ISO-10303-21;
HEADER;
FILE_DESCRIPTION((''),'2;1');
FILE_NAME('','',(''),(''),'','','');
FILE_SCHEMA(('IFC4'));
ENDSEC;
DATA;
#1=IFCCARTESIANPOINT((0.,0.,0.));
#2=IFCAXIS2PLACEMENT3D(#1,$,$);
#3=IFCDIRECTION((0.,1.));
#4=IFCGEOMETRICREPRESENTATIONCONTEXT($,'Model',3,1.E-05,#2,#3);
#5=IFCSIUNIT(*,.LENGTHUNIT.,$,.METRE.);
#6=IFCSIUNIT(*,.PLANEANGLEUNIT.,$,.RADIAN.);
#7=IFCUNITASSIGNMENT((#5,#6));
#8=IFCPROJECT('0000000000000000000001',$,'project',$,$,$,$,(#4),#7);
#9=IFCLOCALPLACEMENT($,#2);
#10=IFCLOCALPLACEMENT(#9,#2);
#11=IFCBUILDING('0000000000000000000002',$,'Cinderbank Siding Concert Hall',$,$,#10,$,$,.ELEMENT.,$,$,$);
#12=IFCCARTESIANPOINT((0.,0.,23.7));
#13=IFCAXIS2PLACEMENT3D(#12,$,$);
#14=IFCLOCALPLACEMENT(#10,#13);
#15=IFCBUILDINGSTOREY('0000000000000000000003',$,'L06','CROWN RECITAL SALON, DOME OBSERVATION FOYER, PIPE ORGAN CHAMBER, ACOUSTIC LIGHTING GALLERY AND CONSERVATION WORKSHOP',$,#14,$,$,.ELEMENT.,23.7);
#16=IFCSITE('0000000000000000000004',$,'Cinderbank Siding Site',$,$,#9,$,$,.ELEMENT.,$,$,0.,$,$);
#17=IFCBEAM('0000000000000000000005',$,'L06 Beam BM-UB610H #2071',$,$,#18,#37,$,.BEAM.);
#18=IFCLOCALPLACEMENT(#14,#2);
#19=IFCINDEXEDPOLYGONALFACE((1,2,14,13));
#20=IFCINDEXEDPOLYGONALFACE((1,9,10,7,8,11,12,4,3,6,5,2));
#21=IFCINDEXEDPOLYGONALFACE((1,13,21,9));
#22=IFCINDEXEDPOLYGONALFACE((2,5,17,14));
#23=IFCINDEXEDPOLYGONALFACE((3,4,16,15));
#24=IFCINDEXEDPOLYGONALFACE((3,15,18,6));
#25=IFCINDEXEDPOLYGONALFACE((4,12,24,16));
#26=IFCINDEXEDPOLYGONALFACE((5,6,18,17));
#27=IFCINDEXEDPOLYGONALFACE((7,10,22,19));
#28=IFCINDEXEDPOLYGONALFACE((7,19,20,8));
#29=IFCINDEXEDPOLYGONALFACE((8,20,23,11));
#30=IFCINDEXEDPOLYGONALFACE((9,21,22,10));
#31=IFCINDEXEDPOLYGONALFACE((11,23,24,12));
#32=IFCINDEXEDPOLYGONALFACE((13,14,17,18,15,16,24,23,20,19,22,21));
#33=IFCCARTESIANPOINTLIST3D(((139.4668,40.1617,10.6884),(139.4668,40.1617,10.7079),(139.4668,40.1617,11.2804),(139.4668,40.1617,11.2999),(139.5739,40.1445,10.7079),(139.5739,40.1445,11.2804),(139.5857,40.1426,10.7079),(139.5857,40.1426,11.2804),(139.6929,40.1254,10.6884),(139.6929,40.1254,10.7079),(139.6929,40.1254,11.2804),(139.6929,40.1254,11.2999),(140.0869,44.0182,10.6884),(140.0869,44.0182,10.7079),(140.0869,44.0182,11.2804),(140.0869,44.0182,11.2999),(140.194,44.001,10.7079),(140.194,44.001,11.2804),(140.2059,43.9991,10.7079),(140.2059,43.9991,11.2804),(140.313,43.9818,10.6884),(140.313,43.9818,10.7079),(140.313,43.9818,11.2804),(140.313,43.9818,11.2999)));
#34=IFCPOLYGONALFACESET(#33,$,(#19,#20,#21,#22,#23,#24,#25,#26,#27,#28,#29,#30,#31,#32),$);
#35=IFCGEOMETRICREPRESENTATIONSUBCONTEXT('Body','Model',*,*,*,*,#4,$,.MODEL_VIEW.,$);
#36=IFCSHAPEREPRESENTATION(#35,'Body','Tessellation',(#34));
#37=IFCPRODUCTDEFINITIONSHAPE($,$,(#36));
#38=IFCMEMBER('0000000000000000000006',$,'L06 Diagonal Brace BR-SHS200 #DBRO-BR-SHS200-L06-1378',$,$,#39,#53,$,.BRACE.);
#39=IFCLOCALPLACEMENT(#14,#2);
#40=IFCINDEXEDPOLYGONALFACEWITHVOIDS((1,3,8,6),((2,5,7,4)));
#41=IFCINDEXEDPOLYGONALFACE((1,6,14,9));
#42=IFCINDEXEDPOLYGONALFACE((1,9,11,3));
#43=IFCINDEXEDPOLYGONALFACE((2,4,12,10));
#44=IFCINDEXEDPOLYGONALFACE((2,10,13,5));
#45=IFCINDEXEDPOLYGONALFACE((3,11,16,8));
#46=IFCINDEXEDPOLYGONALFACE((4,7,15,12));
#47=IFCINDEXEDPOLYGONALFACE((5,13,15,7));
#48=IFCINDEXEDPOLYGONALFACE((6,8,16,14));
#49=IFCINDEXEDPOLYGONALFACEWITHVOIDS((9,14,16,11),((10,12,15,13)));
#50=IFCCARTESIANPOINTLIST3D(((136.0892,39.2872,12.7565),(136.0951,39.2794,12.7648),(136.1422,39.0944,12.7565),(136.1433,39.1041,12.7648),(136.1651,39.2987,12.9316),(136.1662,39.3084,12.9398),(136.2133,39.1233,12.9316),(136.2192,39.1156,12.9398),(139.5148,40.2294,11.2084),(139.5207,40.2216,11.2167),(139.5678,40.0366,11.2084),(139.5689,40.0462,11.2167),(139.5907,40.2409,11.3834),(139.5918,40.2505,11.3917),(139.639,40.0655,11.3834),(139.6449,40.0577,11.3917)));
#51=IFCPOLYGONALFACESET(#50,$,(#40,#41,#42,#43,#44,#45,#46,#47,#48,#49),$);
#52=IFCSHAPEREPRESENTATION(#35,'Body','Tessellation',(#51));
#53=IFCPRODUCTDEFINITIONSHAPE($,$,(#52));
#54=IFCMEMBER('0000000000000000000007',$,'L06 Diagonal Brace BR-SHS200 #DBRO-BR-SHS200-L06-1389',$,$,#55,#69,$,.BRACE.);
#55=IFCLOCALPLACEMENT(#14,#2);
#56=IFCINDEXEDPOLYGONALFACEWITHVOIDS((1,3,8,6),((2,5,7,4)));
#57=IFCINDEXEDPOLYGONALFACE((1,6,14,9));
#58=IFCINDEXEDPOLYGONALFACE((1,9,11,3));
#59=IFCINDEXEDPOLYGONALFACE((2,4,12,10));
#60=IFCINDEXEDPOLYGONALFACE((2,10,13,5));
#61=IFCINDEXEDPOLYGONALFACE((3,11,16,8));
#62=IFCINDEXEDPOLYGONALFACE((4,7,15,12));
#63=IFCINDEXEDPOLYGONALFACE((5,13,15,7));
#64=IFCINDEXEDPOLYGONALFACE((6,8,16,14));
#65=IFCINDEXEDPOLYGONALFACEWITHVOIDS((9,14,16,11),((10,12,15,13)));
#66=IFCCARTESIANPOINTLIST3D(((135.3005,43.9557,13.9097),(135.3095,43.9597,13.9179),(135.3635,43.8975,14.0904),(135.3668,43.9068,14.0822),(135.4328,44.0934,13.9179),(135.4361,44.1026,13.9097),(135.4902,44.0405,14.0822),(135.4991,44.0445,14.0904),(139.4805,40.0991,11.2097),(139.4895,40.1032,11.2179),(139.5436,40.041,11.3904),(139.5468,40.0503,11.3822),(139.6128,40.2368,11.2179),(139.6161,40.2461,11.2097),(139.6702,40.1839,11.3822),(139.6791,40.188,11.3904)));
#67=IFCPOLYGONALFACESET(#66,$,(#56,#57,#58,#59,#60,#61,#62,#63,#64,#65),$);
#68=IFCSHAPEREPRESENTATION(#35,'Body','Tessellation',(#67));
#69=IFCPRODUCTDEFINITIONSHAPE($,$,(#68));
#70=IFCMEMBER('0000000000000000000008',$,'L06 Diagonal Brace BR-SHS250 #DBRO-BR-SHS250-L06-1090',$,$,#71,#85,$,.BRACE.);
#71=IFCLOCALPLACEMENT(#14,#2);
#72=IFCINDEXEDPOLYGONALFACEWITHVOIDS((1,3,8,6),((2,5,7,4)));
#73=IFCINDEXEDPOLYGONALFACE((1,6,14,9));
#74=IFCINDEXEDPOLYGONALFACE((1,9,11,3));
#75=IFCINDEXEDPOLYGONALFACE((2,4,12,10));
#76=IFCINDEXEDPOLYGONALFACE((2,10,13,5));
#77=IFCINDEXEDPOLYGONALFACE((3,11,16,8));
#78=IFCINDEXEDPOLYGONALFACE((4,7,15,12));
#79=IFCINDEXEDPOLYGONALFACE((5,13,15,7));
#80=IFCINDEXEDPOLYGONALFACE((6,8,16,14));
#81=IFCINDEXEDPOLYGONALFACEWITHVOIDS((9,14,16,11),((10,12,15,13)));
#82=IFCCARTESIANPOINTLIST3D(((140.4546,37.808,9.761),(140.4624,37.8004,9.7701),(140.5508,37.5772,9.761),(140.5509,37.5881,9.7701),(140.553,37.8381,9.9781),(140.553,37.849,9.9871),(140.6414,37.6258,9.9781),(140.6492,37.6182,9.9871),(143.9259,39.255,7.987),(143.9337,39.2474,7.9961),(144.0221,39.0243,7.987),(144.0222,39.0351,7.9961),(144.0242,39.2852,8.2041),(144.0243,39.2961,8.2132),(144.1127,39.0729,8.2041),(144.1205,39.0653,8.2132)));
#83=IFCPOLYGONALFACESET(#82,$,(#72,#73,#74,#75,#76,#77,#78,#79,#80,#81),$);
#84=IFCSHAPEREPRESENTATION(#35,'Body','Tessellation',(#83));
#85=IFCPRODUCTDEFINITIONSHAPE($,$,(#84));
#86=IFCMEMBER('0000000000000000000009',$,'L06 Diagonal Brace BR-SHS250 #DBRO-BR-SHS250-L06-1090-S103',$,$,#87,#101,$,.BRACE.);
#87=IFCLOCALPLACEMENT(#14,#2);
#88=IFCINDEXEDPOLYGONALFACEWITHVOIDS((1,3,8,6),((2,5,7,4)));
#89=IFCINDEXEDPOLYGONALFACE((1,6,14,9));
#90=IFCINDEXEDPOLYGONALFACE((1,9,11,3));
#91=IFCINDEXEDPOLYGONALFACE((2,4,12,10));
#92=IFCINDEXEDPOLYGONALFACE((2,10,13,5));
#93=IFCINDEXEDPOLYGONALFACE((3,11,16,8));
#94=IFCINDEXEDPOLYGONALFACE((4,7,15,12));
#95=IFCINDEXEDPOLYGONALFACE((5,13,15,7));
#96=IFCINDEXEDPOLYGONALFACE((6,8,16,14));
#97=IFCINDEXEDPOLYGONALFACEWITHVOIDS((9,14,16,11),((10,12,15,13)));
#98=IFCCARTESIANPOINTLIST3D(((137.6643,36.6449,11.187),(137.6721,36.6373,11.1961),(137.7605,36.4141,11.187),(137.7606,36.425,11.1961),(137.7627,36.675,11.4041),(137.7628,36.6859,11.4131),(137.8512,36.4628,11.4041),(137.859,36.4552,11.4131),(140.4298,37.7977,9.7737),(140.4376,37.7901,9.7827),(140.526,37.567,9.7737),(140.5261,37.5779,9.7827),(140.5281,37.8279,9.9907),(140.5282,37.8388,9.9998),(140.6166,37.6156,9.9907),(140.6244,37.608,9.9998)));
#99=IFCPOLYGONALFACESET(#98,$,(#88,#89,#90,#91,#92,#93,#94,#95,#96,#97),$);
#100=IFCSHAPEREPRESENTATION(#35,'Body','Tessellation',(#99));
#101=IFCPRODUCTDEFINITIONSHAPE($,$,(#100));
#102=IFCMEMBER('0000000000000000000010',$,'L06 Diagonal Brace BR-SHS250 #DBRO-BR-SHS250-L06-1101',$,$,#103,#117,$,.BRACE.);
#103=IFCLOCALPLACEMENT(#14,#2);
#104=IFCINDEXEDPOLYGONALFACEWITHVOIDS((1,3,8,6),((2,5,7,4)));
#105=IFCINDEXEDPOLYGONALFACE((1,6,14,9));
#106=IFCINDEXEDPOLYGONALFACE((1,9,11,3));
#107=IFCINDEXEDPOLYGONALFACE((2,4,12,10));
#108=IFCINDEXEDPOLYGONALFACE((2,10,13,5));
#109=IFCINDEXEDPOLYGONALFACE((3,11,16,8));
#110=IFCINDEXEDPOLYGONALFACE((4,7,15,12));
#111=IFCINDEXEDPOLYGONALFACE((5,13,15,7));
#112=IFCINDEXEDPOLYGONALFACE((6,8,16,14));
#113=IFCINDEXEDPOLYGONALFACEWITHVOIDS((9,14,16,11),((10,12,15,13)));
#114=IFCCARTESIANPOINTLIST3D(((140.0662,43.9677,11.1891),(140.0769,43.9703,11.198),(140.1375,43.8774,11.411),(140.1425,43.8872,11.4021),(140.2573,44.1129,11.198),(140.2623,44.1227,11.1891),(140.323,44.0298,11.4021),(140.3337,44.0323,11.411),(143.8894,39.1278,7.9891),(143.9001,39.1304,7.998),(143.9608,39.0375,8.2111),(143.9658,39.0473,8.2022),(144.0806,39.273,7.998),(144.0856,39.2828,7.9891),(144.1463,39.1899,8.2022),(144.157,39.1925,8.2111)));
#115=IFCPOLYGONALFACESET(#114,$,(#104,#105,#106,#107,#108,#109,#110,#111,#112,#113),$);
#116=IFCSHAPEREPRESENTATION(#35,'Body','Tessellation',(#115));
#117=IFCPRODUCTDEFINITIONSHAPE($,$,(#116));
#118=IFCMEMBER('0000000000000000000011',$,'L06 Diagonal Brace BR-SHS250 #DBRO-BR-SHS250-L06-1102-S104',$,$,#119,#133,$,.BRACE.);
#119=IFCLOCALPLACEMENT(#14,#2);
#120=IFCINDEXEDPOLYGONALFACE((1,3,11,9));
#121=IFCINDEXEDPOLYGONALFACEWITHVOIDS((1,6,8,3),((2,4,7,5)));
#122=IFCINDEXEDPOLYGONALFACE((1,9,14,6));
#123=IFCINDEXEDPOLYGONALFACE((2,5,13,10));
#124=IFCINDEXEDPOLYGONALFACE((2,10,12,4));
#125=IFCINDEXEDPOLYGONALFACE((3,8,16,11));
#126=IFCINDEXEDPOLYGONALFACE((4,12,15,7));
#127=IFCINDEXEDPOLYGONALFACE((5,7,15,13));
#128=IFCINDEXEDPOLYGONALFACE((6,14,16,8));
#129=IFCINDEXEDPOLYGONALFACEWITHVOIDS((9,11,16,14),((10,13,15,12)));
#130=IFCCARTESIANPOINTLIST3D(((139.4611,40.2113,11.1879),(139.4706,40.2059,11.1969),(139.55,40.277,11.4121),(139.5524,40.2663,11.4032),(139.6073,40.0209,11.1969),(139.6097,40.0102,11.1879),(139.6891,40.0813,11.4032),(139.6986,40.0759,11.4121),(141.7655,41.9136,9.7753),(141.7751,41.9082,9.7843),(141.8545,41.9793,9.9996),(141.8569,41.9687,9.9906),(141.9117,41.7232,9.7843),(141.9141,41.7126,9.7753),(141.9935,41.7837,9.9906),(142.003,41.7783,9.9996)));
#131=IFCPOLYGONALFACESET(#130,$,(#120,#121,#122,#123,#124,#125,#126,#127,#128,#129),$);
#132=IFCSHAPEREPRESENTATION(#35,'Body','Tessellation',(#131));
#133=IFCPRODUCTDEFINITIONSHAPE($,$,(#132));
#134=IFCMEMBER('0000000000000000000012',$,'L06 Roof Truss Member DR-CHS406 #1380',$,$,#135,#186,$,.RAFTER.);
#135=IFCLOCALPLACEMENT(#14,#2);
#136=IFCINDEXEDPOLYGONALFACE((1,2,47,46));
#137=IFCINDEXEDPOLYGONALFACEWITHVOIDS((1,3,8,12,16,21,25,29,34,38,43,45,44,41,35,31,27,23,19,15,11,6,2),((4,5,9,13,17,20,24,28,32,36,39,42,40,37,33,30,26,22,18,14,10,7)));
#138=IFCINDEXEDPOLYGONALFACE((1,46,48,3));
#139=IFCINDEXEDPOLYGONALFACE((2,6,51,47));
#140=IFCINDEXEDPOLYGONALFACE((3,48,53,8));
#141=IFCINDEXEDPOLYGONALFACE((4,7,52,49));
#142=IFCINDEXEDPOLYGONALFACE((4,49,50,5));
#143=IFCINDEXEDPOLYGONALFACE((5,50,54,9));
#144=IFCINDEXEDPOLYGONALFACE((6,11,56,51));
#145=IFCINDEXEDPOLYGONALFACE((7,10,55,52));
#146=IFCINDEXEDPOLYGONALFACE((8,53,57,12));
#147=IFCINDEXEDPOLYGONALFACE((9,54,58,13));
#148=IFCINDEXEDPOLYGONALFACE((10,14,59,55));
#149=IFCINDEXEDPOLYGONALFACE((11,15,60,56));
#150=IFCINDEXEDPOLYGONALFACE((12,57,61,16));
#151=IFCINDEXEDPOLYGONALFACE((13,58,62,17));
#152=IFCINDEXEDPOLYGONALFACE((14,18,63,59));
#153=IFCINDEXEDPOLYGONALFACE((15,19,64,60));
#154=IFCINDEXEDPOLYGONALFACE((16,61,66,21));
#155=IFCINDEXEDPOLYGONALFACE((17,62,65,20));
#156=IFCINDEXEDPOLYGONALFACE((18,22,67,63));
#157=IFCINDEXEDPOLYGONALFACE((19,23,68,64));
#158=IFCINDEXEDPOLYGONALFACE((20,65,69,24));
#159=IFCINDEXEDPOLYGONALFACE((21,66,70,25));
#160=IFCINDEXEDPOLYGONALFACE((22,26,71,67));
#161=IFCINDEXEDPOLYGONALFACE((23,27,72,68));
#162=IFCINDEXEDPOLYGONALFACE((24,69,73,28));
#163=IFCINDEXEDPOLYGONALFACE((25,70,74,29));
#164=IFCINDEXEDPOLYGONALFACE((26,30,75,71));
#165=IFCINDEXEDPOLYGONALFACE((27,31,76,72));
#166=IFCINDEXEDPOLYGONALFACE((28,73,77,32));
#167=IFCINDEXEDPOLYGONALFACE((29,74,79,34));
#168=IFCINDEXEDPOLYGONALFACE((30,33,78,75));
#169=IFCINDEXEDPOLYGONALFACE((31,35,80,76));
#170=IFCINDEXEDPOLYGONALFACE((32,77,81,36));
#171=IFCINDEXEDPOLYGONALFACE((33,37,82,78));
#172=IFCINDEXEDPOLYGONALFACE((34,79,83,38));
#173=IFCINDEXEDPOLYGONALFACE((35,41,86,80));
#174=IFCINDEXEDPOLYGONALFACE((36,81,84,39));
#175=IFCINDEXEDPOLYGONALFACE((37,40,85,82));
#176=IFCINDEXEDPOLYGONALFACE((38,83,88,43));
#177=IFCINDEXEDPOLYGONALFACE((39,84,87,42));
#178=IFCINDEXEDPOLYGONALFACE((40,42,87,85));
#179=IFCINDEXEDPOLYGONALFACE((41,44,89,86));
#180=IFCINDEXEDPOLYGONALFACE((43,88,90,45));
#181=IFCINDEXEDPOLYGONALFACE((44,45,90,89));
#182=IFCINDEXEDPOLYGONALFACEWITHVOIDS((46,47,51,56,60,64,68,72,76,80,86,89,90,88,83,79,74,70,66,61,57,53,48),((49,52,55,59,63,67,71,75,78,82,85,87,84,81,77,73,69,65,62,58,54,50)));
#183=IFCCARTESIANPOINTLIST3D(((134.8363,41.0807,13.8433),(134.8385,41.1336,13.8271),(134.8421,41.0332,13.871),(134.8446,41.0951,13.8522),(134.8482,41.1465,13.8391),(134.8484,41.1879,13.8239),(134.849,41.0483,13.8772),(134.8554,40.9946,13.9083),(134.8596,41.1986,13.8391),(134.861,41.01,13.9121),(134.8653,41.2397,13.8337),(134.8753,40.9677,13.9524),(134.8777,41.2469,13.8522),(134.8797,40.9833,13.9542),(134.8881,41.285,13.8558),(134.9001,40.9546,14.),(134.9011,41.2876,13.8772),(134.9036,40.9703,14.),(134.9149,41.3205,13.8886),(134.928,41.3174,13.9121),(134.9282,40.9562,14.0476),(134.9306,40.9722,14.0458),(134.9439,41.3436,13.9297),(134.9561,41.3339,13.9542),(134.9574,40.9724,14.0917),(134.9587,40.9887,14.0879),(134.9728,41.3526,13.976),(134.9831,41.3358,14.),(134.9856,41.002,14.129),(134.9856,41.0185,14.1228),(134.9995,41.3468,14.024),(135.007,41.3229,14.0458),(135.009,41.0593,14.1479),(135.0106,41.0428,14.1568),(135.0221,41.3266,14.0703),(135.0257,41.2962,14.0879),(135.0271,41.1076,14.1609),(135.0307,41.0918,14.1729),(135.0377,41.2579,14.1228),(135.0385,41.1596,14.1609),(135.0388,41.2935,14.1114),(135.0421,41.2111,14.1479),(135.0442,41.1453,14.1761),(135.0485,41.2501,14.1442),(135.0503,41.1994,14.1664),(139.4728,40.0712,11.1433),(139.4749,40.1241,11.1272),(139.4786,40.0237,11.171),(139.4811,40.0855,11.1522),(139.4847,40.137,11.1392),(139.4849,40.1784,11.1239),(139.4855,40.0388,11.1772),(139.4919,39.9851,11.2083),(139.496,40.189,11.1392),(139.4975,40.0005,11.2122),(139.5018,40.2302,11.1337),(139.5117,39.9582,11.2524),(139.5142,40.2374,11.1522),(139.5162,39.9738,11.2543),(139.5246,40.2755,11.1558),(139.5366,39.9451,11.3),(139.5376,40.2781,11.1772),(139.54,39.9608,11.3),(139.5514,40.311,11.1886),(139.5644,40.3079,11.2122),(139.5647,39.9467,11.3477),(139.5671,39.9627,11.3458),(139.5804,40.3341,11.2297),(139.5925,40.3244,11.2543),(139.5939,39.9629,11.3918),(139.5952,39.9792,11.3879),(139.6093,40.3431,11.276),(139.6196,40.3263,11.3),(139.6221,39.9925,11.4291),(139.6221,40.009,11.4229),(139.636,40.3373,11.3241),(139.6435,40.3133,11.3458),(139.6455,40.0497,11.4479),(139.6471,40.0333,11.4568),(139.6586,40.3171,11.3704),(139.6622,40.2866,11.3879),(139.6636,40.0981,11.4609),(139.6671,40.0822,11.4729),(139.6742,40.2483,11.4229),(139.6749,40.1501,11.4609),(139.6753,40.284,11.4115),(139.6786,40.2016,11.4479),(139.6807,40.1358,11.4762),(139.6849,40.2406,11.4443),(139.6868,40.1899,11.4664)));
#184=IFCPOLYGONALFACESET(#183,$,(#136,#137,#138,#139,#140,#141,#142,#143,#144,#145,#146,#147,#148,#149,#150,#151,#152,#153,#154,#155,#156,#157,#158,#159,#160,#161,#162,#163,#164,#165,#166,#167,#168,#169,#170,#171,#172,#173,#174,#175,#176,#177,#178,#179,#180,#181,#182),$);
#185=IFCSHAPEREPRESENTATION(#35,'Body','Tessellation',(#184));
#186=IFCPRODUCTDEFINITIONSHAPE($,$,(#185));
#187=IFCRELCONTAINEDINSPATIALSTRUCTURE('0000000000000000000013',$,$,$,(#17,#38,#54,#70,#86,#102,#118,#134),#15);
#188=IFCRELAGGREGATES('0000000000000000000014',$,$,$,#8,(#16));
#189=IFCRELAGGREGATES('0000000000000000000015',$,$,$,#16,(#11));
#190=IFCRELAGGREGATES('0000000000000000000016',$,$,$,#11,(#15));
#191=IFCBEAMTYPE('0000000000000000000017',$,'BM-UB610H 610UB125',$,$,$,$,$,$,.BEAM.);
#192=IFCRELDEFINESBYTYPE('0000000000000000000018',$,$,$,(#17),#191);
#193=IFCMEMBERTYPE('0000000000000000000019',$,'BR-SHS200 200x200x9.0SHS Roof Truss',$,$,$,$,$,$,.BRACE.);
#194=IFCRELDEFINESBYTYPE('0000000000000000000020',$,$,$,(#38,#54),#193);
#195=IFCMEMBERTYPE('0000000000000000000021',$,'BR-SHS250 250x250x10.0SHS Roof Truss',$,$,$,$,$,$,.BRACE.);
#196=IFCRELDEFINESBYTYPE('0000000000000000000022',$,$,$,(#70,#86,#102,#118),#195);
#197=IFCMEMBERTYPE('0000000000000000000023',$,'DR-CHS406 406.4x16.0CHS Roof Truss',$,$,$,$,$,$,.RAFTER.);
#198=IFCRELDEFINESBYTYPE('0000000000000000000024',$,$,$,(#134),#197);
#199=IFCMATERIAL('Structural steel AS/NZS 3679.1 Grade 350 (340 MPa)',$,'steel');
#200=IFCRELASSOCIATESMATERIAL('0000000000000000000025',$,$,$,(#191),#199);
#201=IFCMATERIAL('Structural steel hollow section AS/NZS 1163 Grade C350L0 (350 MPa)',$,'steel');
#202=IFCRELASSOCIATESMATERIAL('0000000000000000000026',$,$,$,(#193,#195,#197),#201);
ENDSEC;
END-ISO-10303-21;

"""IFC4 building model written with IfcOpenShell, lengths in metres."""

from ifc_helpers import new_model, si_unit, direction, frame, origin, origin_2d, place, context, subcontext, project, spatial, hollow_rectangle, hollow_circle, i_section, extrude, material, material_profile, profile_set, type_object, element, save


model = new_model("IFC4")

# Units and contexts
model_context = context("Model", 3, precision=1e-05, world=origin(), true_north=direction((0.0, 1.0)))
body_context = subcontext(model_context, "Body", "Model", "MODEL_VIEW")
ifc_project = project(units=[si_unit("LENGTHUNIT", "METRE"), si_unit("PLANEANGLEUNIT", "RADIAN")], contexts=[model_context])

# Site, building, storey
site_placement = place(None, origin())
site = spatial("IfcSite", under=ifc_project, at=site_placement, Name="Cinderbank Siding Site", CompositionType="ELEMENT", RefElevation=0.0)
building_placement = place(site_placement, origin())
building = spatial("IfcBuilding", under=site, at=building_placement, Name="Cinderbank Siding Concert Hall", CompositionType="ELEMENT")
storey_placement = place(building_placement, frame((0.0, 0.0, 23.7)))
storey = spatial("IfcBuildingStorey", under=building, at=storey_placement, Name="L06", Description="CROWN RECITAL SALON, DOME OBSERVATION FOYER, PIPE ORGAN CHAMBER, ACOUSTIC LIGHTING GALLERY AND CONSERVATION WORKSHOP", CompositionType="ELEMENT", Elevation=23.7)

# Beam
ifc_material_1 = material(Name="Structural steel AS/NZS 3679.1 Grade 350 (340 MPa)", Category="steel")
ifc_material_profile_1 = material_profile(ifc_material_1, i_section(OverallWidth=0.229, OverallDepth=0.6116, WebThickness=0.012, FlangeThickness=0.0195, at=origin_2d()), Name="610UB125", Category="LoadBearing")
ifc_profile_set_1 = profile_set([ifc_material_profile_1], Name="Structural steel AS/NZS 3679.1 Grade 350 (340 MPa)")
beam_type = type_object("IfcBeamType", Name="BM-UB610H 610UB125", PredefinedType="BEAM", material=ifc_profile_set_1)
beam_placement = place(storey_placement, frame((139.5798, 40.1436, 10.9941), z_axis=(0.158761, 0.987317, 0.0), x_axis=(-0.987317, 0.158761, 0.0)))
element("IfcBeam", 1, at=beam_placement, inside=storey, type_object=beam_type, Name="L06 Beam BM-UB610H #2071", PredefinedType="BEAM", context=body_context, shape_type="SweptSolid", body=[
    extrude(i_section(OverallWidth=0.229, OverallDepth=0.6116, WebThickness=0.012, FlangeThickness=0.0195, at=origin_2d()), origin(), (0.0, 0.0, 1.0), 3.906),
])

# Members
ifc_material_2 = material(Name="Structural steel hollow section AS/NZS 1163 Grade C350L0 (350 MPa)", Category="steel")
ifc_material_profile_2 = material_profile(ifc_material_2, hollow_rectangle(XDim=0.2, YDim=0.2, WallThickness=0.009, at=origin_2d()), Name="200x200x9.0SHS", Category="LoadBearing")
ifc_profile_set_2 = profile_set([ifc_material_profile_2], Name="Structural steel hollow section AS/NZS 1163 Grade C350L0 (350 MPa)")
member_type_1 = type_object("IfcMemberType", Name="BR-SHS200 200x200x9.0SHS Roof Truss", PredefinedType="BRACE", material=ifc_profile_set_2)
member_1_placement = place(storey_placement, frame((139.5798, 40.1436, 11.3), z_axis=(-0.883924, -0.243109, 0.39947), x_axis=(0.265187, -0.964197, 0.0)))
element("IfcMember", 2, at=member_1_placement, inside=storey, type_object=member_type_1, Name="L06 Diagonal Brace BR-SHS200 #DBRO-BR-SHS200-L06-1378", PredefinedType="BRACE", context=body_context, shape_type="SweptSolid", body=[
    extrude(hollow_rectangle(XDim=0.2, YDim=0.2, WallThickness=0.009, at=origin_2d()), origin(), (0.0, 0.0, 1.0), 3.8755),
])
member_2_placement = place(storey_placement, frame((139.5798, 40.1436, 11.3), z_axis=(-0.663952, 0.612569, 0.428868), x_axis=(-0.678095, -0.734975, 0.0)))
element("IfcMember", 3, at=member_2_placement, inside=storey, type_object=member_type_1, Name="L06 Diagonal Brace BR-SHS200 #DBRO-BR-SHS200-L06-1389", PredefinedType="BRACE", context=body_context, shape_type="SweptSolid", body=[
    extrude(hollow_rectangle(XDim=0.2, YDim=0.2, WallThickness=0.009, at=origin_2d()), origin(), (0.0, 0.0, 1.0), 6.2957),
])
ifc_material_profile_3 = material_profile(ifc_material_2, hollow_rectangle(XDim=0.25, YDim=0.25, WallThickness=0.01, at=origin_2d()), Name="250x250x10.0SHS", Category="LoadBearing")
ifc_profile_set_3 = profile_set([ifc_material_profile_3], Name="Structural steel hollow section AS/NZS 1163 Grade C350L0 (350 MPa)")
member_type_2 = type_object("IfcMemberType", Name="BR-SHS250 250x250x10.0SHS Roof Truss", PredefinedType="BRACE", material=ifc_profile_set_3)
member_3_placement = place(storey_placement, frame((144.0232, 39.1602, 8.1001), z_axis=(-0.834801, -0.348, 0.426619), x_axis=(0.384772, -0.923012, 0.0)))
element("IfcMember", 4, at=member_3_placement, inside=storey, type_object=member_type_2, Name="L06 Diagonal Brace BR-SHS250 #DBRO-BR-SHS250-L06-1090", PredefinedType="BRACE", context=body_context, shape_type="SweptSolid", body=[
    extrude(hollow_rectangle(XDim=0.25, YDim=0.25, WallThickness=0.01, at=origin_2d()), origin(), (0.0, 0.0, 1.0), 4.1582),
])
member_4_placement = place(storey_placement, frame((140.5271, 37.7029, 9.8867), z_axis=(-0.834786, -0.348006, 0.426642), x_axis=(0.384783, -0.923007, 0.0)))
element("IfcMember", 5, at=member_4_placement, inside=storey, type_object=member_type_2, Name="L06 Diagonal Brace BR-SHS250 #DBRO-BR-SHS250-L06-1090-S103", PredefinedType="BRACE", context=body_context, shape_type="SweptSolid", body=[
    extrude(hollow_rectangle(XDim=0.25, YDim=0.25, WallThickness=0.01, at=origin_2d()), origin(), (0.0, 0.0, 1.0), 3.3127),
])
member_5_placement = place(storey_placement, frame((144.0232, 39.1602, 8.1001), z_axis=(-0.55023, 0.696536, 0.460527), x_axis=(-0.7847, -0.619875, 0.0)))
element("IfcMember", 6, at=member_5_placement, inside=storey, type_object=member_type_2, Name="L06 Diagonal Brace BR-SHS250 #DBRO-BR-SHS250-L06-1101", PredefinedType="BRACE", context=body_context, shape_type="SweptSolid", body=[
    extrude(hollow_rectangle(XDim=0.25, YDim=0.25, WallThickness=0.01, at=origin_2d()), origin(), (0.0, 0.0, 1.0), 6.9485),
])
member_6_placement = place(storey_placement, frame((141.8843, 41.8459, 9.8875), z_axis=(-0.721407, -0.532934, 0.442214), x_axis=(0.59419, -0.804325, 0.0)))
element("IfcMember", 7, at=member_6_placement, inside=storey, type_object=member_type_2, Name="L06 Diagonal Brace BR-SHS250 #DBRO-BR-SHS250-L06-1102-S104", PredefinedType="BRACE", context=body_context, shape_type="SweptSolid", body=[
    extrude(hollow_rectangle(XDim=0.25, YDim=0.25, WallThickness=0.01, at=origin_2d()), origin(), (0.0, 0.0, 1.0), 3.1943),
])
ifc_material_profile_4 = material_profile(ifc_material_2, hollow_circle(Radius=0.2031, WallThickness=0.0161, at=origin_2d()), Name="406.4x16.0CHS", Category="LoadBearing")
ifc_profile_set_4 = profile_set([ifc_material_profile_4], Name="Structural steel hollow section AS/NZS 1163 Grade C350L0 (350 MPa)")
member_type_3 = type_object("IfcMemberType", Name="DR-CHS406 406.4x16.0CHS Roof Truss", PredefinedType="RAFTER", material=ifc_profile_set_4)
member_7_placement = place(storey_placement, frame((139.5798, 40.1436, 11.3), z_axis=(-0.849254, 0.184912, 0.494545), x_axis=(-0.21275, -0.977107, 0.0)))
element("IfcMember", 8, at=member_7_placement, inside=storey, type_object=member_type_3, Name="L06 Roof Truss Member DR-CHS406 #1380", PredefinedType="RAFTER", context=body_context, shape_type="SweptSolid", body=[
    extrude(hollow_circle(Radius=0.2031, WallThickness=0.0161, at=origin_2d()), origin(), (0.0, 0.0, 1.0), 5.4595),
])

save(model, "model.ifc")
